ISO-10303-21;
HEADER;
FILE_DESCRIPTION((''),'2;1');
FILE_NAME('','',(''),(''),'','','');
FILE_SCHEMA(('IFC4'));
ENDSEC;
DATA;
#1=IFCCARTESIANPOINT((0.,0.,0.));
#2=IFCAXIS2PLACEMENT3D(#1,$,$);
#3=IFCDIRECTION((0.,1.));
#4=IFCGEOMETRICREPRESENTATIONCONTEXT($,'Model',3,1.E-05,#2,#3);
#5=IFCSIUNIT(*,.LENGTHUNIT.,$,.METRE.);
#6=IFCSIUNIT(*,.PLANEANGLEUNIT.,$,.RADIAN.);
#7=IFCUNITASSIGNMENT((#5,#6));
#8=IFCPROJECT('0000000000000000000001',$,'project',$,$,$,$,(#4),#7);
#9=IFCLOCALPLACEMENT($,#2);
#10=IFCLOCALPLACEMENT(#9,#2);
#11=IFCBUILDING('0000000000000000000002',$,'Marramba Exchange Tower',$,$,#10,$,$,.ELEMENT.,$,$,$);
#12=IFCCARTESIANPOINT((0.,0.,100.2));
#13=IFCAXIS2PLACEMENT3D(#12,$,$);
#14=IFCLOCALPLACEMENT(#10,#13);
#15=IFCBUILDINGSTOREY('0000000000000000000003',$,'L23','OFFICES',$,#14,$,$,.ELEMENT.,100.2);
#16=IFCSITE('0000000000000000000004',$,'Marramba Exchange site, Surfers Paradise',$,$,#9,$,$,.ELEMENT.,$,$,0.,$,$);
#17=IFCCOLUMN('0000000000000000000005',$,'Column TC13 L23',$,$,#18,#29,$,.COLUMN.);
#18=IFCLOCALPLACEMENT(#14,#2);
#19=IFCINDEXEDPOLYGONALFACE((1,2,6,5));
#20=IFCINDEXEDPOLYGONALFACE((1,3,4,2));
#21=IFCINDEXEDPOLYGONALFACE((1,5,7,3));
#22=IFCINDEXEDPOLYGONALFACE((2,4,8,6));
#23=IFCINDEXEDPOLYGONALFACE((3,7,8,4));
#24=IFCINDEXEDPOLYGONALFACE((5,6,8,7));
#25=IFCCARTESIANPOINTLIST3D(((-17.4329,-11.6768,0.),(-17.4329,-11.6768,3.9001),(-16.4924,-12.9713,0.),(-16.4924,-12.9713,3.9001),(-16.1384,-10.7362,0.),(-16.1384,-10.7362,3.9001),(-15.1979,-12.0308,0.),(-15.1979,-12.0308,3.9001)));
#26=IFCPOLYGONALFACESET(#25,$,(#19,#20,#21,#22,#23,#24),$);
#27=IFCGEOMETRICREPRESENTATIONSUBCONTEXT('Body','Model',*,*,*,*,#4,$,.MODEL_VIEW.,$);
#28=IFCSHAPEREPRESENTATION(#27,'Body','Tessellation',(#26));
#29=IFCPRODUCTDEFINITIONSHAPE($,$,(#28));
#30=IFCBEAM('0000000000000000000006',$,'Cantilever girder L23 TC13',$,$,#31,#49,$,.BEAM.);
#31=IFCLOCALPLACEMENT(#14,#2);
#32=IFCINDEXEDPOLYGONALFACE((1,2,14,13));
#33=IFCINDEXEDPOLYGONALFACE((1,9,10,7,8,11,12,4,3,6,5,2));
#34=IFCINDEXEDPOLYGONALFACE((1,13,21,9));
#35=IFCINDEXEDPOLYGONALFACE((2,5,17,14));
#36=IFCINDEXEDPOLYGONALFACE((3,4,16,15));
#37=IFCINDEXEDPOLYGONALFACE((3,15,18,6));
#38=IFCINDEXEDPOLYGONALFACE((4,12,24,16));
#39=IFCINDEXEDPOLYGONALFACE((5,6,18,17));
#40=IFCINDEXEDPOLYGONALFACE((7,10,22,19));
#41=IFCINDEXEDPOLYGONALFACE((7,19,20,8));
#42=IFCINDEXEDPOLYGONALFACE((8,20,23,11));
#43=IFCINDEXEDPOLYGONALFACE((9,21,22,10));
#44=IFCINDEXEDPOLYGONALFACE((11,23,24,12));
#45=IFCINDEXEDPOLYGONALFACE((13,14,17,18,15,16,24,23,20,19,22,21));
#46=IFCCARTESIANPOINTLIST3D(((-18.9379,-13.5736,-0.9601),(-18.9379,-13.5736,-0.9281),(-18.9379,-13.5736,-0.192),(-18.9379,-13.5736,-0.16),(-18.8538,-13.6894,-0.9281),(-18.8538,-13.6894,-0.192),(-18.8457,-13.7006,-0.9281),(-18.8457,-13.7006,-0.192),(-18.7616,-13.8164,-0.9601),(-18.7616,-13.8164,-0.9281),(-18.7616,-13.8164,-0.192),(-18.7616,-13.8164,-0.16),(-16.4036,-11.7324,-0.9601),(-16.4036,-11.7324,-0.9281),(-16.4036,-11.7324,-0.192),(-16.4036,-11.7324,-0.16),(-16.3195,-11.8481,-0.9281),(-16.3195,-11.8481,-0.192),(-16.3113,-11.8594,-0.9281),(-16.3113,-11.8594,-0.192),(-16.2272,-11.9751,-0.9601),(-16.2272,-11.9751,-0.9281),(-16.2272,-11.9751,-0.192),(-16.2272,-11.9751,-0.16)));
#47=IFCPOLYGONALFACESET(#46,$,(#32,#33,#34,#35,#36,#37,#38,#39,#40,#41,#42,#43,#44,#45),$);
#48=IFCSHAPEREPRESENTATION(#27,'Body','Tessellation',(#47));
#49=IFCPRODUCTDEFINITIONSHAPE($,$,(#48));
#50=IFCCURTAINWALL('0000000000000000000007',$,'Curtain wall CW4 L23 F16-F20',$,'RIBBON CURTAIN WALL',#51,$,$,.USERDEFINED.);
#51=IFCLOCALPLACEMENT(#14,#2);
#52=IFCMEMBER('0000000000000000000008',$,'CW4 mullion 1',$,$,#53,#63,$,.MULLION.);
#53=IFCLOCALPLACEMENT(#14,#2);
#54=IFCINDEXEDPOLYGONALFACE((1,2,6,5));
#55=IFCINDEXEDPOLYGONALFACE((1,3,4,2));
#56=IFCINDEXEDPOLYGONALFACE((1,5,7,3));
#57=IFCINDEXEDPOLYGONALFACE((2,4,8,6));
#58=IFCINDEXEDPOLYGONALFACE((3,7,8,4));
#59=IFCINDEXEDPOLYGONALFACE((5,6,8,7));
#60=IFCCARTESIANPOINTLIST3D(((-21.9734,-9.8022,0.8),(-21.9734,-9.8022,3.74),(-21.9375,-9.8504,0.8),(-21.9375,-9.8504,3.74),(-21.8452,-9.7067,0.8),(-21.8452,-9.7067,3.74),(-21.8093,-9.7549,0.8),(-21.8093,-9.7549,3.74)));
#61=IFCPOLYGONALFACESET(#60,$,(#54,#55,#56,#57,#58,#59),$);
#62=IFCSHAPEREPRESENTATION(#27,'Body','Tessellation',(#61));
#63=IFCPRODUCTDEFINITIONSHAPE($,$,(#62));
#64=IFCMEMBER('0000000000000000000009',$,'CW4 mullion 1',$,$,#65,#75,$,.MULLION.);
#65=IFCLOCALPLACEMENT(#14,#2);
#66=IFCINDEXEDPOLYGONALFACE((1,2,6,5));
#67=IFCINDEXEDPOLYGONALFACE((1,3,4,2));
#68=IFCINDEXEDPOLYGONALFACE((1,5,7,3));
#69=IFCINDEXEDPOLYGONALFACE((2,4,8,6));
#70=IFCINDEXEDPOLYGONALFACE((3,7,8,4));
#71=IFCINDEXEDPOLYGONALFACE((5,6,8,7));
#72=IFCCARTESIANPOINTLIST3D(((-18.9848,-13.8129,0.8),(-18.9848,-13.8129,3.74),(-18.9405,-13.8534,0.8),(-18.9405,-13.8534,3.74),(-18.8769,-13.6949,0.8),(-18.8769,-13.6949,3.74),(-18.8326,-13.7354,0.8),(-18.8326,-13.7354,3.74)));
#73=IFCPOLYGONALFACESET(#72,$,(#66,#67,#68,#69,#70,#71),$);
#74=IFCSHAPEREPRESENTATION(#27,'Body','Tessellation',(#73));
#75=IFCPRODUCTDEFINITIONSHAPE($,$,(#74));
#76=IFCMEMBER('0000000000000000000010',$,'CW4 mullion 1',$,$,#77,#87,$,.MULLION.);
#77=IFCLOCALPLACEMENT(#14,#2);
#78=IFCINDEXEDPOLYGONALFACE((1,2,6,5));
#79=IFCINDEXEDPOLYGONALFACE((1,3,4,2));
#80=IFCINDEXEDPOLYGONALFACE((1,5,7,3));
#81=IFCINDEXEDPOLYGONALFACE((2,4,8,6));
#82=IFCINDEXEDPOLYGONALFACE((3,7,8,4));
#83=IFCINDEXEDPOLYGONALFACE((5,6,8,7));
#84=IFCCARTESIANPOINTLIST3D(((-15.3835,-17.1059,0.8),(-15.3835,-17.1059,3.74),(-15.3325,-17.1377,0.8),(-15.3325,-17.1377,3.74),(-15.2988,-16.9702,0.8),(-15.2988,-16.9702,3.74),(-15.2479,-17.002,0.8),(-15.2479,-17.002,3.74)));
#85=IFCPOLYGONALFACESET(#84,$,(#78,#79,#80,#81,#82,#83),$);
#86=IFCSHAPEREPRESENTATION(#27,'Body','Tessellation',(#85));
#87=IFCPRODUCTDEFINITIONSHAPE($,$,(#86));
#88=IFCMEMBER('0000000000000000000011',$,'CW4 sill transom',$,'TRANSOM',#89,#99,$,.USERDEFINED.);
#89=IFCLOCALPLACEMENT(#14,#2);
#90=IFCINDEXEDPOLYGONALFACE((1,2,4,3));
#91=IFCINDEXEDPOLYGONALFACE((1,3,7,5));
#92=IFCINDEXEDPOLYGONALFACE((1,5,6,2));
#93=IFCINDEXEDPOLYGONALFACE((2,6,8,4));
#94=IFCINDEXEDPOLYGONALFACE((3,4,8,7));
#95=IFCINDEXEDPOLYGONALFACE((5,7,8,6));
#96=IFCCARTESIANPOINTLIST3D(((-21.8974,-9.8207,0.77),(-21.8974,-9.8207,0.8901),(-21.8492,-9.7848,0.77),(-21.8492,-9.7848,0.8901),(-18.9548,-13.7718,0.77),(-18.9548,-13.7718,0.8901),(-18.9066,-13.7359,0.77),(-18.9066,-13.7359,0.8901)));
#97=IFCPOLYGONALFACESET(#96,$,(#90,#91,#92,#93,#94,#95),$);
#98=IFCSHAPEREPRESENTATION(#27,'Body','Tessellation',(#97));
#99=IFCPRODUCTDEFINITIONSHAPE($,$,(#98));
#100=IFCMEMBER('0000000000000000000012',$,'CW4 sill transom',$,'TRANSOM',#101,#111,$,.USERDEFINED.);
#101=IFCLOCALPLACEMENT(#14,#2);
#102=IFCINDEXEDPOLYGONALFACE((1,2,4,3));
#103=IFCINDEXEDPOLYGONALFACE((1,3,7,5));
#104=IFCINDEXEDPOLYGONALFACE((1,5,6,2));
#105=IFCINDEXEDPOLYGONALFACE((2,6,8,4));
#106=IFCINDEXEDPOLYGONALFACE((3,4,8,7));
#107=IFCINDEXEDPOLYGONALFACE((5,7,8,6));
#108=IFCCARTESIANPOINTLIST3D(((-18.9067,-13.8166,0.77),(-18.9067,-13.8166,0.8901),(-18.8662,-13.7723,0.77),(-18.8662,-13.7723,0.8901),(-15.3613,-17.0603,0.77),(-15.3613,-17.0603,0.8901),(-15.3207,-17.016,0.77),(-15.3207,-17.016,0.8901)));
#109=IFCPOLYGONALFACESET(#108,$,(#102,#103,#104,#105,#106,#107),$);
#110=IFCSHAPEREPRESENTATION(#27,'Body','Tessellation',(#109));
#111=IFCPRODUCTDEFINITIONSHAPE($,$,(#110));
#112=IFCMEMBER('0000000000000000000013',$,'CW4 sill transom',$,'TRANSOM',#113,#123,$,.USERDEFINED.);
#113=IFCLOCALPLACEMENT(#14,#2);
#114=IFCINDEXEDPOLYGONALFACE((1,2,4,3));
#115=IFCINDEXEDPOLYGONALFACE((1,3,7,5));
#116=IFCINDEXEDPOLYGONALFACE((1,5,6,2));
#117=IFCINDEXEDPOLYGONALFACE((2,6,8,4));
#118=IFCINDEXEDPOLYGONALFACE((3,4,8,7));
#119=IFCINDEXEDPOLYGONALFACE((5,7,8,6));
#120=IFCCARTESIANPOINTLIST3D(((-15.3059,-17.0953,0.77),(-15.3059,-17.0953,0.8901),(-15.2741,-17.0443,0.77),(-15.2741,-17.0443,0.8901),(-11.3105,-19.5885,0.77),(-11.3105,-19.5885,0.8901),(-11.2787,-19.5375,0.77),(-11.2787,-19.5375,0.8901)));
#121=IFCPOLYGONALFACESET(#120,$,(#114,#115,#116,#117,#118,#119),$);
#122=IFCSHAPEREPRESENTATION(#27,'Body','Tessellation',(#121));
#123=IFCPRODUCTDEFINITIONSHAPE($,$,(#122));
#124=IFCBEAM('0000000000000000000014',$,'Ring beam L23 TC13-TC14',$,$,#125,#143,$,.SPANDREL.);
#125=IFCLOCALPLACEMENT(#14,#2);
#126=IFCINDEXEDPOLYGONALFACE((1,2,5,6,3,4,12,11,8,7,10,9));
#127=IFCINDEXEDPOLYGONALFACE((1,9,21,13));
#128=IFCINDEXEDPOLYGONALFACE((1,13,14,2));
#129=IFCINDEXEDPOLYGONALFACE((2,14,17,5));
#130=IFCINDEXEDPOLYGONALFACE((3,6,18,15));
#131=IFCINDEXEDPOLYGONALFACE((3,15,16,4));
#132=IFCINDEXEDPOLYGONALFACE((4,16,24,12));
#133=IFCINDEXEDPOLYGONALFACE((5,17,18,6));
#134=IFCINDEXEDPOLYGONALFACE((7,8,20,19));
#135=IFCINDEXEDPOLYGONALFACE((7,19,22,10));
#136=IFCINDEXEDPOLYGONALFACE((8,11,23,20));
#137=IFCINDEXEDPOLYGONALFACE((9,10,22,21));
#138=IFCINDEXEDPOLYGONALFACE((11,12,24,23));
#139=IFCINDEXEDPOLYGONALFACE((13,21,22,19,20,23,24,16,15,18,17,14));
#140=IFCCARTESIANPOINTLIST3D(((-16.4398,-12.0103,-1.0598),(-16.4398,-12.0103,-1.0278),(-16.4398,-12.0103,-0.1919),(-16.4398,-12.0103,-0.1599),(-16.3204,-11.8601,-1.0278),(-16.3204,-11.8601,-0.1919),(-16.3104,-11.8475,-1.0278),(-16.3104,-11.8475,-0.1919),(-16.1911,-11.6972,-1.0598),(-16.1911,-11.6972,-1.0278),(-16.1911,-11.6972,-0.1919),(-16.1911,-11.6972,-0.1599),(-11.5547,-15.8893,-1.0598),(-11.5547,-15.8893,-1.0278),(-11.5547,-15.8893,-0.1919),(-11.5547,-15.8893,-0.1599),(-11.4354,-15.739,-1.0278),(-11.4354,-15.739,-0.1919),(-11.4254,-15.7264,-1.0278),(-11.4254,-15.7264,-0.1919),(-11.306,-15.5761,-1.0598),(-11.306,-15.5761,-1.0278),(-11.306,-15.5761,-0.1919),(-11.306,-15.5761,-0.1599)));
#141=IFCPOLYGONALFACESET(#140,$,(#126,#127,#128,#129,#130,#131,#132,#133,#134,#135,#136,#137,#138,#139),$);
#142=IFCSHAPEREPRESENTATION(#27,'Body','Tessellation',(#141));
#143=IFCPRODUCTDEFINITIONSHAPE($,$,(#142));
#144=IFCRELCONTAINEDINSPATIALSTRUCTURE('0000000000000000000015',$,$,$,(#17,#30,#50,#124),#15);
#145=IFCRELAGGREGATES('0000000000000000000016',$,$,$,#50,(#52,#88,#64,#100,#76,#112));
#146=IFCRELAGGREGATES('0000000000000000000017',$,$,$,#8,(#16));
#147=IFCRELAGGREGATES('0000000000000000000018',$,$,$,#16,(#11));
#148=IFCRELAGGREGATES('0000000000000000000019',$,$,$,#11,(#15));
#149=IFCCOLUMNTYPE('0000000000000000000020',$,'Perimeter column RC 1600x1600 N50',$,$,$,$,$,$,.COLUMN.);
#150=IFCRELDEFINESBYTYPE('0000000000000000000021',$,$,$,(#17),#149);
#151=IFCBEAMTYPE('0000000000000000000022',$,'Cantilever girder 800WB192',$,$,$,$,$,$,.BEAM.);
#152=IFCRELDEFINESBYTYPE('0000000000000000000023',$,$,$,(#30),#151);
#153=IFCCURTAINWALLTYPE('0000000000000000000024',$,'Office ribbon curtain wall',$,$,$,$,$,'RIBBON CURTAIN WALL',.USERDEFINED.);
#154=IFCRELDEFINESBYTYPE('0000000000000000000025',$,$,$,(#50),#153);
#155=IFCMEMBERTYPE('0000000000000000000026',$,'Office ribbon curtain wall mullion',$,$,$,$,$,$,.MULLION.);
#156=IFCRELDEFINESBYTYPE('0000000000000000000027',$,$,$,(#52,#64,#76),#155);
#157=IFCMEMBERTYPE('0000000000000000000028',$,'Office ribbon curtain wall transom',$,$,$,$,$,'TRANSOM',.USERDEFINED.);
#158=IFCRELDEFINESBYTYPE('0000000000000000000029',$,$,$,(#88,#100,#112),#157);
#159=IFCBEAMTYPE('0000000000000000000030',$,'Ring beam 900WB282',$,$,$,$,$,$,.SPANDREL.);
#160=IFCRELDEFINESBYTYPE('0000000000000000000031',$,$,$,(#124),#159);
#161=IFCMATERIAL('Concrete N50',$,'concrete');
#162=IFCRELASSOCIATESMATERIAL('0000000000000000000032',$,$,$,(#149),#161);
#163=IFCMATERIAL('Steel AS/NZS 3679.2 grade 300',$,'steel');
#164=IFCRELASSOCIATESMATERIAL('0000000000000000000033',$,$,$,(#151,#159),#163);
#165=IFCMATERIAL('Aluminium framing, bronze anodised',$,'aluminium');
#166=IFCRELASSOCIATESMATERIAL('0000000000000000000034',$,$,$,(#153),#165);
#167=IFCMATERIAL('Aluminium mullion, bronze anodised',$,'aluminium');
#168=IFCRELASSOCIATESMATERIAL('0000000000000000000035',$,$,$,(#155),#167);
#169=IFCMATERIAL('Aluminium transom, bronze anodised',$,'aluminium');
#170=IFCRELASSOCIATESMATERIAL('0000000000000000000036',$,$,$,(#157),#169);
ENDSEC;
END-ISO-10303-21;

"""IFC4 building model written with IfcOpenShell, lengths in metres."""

from ifc_helpers import new_model, si_unit, direction, frame, origin, origin_2d, place, context, subcontext, project, spatial, rectangle, i_section, extrude, material, material_profile, profile_set, type_object, element, aggregate, save


model = new_model("IFC4")

# Units and contexts
model_context = context("Model", 3, precision=1e-05, world=origin(), true_north=direction((0.0, 1.0)))
body_context = subcontext(model_context, "Body", "Model", "MODEL_VIEW")
ifc_project = project(units=[si_unit("LENGTHUNIT", "METRE"), si_unit("PLANEANGLEUNIT", "RADIAN")], contexts=[model_context])

# Site, building, storey
site_placement = place(None, origin())
site = spatial("IfcSite", under=ifc_project, at=site_placement, Name="Marramba Exchange site, Surfers Paradise", CompositionType="ELEMENT", RefElevation=0.0)
building_placement = place(site_placement, origin())
building = spatial("IfcBuilding", under=site, at=building_placement, Name="Marramba Exchange Tower", CompositionType="ELEMENT")
storey_placement = place(building_placement, frame((0.0, 0.0, 100.2)))
storey = spatial("IfcBuildingStorey", under=building, at=storey_placement, Name="L23", Description="OFFICES", CompositionType="ELEMENT", Elevation=100.2)

# Column
ifc_material_1 = material(Name="Concrete N50", Category="concrete")
ifc_material_profile_1 = material_profile(ifc_material_1, rectangle(XDim=1.6001, YDim=1.6001, at=origin_2d()), Name="RC 1600x1600")
ifc_profile_set_1 = profile_set([ifc_material_profile_1], Name="Concrete N50")
column_type = type_object("IfcColumnType", Name="Perimeter column RC 1600x1600 N50", PredefinedType="COLUMN", material=ifc_profile_set_1)
column_placement = place(storey_placement, frame((-16.3154, -11.8538, 0.0), z_axis=(0.0, 0.0, 1.0), x_axis=(-0.809017, -0.587785, 0.0)))
element("IfcColumn", 1, at=column_placement, inside=storey, type_object=column_type, Name="Column TC13 L23", PredefinedType="COLUMN", context=body_context, shape_type="SweptSolid", body=[
    extrude(rectangle(XDim=1.6001, YDim=1.6001, at=origin_2d()), origin(), (0.0, 0.0, 1.0), 3.9001),
])

# Beam
ifc_material_2 = material(Name="Steel AS/NZS 3679.2 grade 300", Category="steel")
ifc_material_profile_2 = material_profile(ifc_material_2, i_section(OverallWidth=0.3, OverallDepth=0.8, WebThickness=0.0139, FlangeThickness=0.032, at=origin_2d()), Name="800WB192")
ifc_profile_set_2 = profile_set([ifc_material_profile_2], Name="Steel AS/NZS 3679.2 grade 300")
beam_type_1 = type_object("IfcBeamType", Name="Cantilever girder 800WB192", PredefinedType="BEAM", material=ifc_profile_set_2)
beam_1_placement = place(storey_placement, frame((-16.3154, -11.8538, -0.5601), z_axis=(-0.809026, -0.587773, 0.0), x_axis=(0.587773, -0.809026, 0.0)))
element("IfcBeam", 2, at=beam_1_placement, inside=storey, type_object=beam_type_1, Name="Cantilever girder L23 TC13", PredefinedType="BEAM", context=body_context, shape_type="SweptSolid", body=[
    extrude(i_section(OverallWidth=0.3, OverallDepth=0.8, WebThickness=0.0139, FlangeThickness=0.032, at=origin_2d()), origin(), (0.0, 0.0, 1.0), 3.1326),
])

# Curtain wall, members
ifc_material_3 = material(Name="Aluminium framing, bronze anodised", Category="aluminium")
curtain_wall_type = type_object("IfcCurtainWallType", Name="Office ribbon curtain wall", ElementType="RIBBON CURTAIN WALL", PredefinedType="USERDEFINED", material=ifc_material_3)
curtain_wall_placement = place(storey_placement, origin())
curtain_wall = element("IfcCurtainWall", 3, at=curtain_wall_placement, inside=storey, type_object=curtain_wall_type, Name="Curtain wall CW4 L23 F16-F20", ObjectType="RIBBON CURTAIN WALL", PredefinedType="USERDEFINED")
ifc_material_4 = material(Name="Aluminium mullion, bronze anodised", Category="aluminium")
ifc_material_profile_3 = material_profile(ifc_material_4, rectangle(XDim=0.1599, YDim=0.0601, at=origin_2d()), Name="CW4 mullion 60x160")
ifc_profile_set_3 = profile_set([ifc_material_profile_3], Name="Aluminium mullion, bronze anodised")
member_type_1 = type_object("IfcMemberType", Name="Office ribbon curtain wall mullion", PredefinedType="MULLION", material=ifc_profile_set_3)
member_1_placement = place(storey_placement, frame((-21.8914, -9.7786, 0.8), z_axis=(0.0, 0.0, 1.0), x_axis=(0.802014, 0.597305, 0.0)))
member_1 = element("IfcMember", 4, at=member_1_placement, type_object=member_type_1, Name="CW4 mullion 1", PredefinedType="MULLION", context=body_context, shape_type="SweptSolid", body=[
    extrude(rectangle(XDim=0.1599, YDim=0.0601, at=origin_2d()), origin(), (0.0, 0.0, 1.0), 2.9399),
])
member_2_placement = place(storey_placement, frame((-18.9087, -13.7742, 0.8), z_axis=(0.0, 0.0, 1.0), x_axis=(0.674995, 0.737822, 0.0)))
member_2 = element("IfcMember", 5, at=member_2_placement, type_object=member_type_1, Name="CW4 mullion 1", PredefinedType="MULLION", context=body_context, shape_type="SweptSolid", body=[
    extrude(rectangle(XDim=0.1599, YDim=0.0601, at=origin_2d()), origin(), (0.0, 0.0, 1.0), 2.9399),
])
member_3_placement = place(storey_placement, frame((-15.3157, -17.054, 0.8), z_axis=(0.0, 0.0, 1.0), x_axis=(0.529428, 0.848355, 0.0)))
member_3 = element("IfcMember", 6, at=member_3_placement, type_object=member_type_1, Name="CW4 mullion 1", PredefinedType="MULLION", context=body_context, shape_type="SweptSolid", body=[
    extrude(rectangle(XDim=0.1599, YDim=0.0601, at=origin_2d()), origin(), (0.0, 0.0, 1.0), 2.9399),
])
ifc_material_5 = material(Name="Aluminium transom, bronze anodised", Category="aluminium")
ifc_material_profile_4 = material_profile(ifc_material_5, rectangle(XDim=0.0601, YDim=0.1201, at=origin_2d()), Name="CW4 transom 60x120")
ifc_profile_set_4 = profile_set([ifc_material_profile_4], Name="Aluminium transom, bronze anodised")
member_type_2 = type_object("IfcMemberType", Name="Office ribbon curtain wall transom", ElementType="TRANSOM", PredefinedType="USERDEFINED", material=ifc_profile_set_4)
member_4_placement = place(storey_placement, frame((-21.8733, -9.8027, 0.8301), z_axis=(0.597301, -0.802017, 0.0), x_axis=(0.802017, 0.597301, 0.0)))
member_4 = element("IfcMember", 7, at=member_4_placement, type_object=member_type_2, Name="CW4 sill transom", ObjectType="TRANSOM", PredefinedType="USERDEFINED", context=body_context, shape_type="SweptSolid", body=[
    extrude(rectangle(XDim=0.0601, YDim=0.1201, at=origin_2d()), origin(), (0.0, 0.0, 1.0), 4.9265),
])
member_5_placement = place(storey_placement, frame((-18.8865, -13.7944, 0.8301), z_axis=(0.737808, -0.675011, 0.0), x_axis=(0.675011, 0.737808, 0.0)))
member_5 = element("IfcMember", 8, at=member_5_placement, type_object=member_type_2, Name="CW4 sill transom", ObjectType="TRANSOM", PredefinedType="USERDEFINED", context=body_context, shape_type="SweptSolid", body=[
    extrude(rectangle(XDim=0.0601, YDim=0.1201, at=origin_2d()), origin(), (0.0, 0.0, 1.0), 4.8054),
])
member_6_placement = place(storey_placement, frame((-15.29, -17.0698, 0.8301), z_axis=(0.848374, -0.529398, 0.0), x_axis=(0.529398, 0.848374, 0.0)))
member_6 = element("IfcMember", 9, at=member_6_placement, type_object=member_type_2, Name="CW4 sill transom", ObjectType="TRANSOM", PredefinedType="USERDEFINED", context=body_context, shape_type="SweptSolid", body=[
    extrude(rectangle(XDim=0.0601, YDim=0.1201, at=origin_2d()), origin(), (0.0, 0.0, 1.0), 4.7095),
])

# Beam
ifc_material_profile_5 = material_profile(ifc_material_2, i_section(OverallWidth=0.3999, OverallDepth=0.8999, WebThickness=0.0161, FlangeThickness=0.032, at=origin_2d()), Name="900WB282")
ifc_profile_set_5 = profile_set([ifc_material_profile_5], Name="Steel AS/NZS 3679.2 grade 300")
beam_type_2 = type_object("IfcBeamType", Name="Ring beam 900WB282", PredefinedType="SPANDREL", material=ifc_profile_set_5)
beam_2_placement = place(storey_placement, frame((-16.3154, -11.8538, -0.6099), z_axis=(0.783139, -0.621846, 0.0), x_axis=(0.621846, 0.783139, 0.0)))
element("IfcBeam", 10, at=beam_2_placement, inside=storey, type_object=beam_type_2, Name="Ring beam L23 TC13-TC14", PredefinedType="SPANDREL", context=body_context, shape_type="SweptSolid", body=[
    extrude(i_section(OverallWidth=0.3999, OverallDepth=0.8999, WebThickness=0.0161, FlangeThickness=0.032, at=origin_2d()), origin(), (0.0, 0.0, 1.0), 6.2378),
])

aggregate(curtain_wall, [member_1, member_4, member_2, member_5, member_3, member_6])

save(model, "model.ifc")
